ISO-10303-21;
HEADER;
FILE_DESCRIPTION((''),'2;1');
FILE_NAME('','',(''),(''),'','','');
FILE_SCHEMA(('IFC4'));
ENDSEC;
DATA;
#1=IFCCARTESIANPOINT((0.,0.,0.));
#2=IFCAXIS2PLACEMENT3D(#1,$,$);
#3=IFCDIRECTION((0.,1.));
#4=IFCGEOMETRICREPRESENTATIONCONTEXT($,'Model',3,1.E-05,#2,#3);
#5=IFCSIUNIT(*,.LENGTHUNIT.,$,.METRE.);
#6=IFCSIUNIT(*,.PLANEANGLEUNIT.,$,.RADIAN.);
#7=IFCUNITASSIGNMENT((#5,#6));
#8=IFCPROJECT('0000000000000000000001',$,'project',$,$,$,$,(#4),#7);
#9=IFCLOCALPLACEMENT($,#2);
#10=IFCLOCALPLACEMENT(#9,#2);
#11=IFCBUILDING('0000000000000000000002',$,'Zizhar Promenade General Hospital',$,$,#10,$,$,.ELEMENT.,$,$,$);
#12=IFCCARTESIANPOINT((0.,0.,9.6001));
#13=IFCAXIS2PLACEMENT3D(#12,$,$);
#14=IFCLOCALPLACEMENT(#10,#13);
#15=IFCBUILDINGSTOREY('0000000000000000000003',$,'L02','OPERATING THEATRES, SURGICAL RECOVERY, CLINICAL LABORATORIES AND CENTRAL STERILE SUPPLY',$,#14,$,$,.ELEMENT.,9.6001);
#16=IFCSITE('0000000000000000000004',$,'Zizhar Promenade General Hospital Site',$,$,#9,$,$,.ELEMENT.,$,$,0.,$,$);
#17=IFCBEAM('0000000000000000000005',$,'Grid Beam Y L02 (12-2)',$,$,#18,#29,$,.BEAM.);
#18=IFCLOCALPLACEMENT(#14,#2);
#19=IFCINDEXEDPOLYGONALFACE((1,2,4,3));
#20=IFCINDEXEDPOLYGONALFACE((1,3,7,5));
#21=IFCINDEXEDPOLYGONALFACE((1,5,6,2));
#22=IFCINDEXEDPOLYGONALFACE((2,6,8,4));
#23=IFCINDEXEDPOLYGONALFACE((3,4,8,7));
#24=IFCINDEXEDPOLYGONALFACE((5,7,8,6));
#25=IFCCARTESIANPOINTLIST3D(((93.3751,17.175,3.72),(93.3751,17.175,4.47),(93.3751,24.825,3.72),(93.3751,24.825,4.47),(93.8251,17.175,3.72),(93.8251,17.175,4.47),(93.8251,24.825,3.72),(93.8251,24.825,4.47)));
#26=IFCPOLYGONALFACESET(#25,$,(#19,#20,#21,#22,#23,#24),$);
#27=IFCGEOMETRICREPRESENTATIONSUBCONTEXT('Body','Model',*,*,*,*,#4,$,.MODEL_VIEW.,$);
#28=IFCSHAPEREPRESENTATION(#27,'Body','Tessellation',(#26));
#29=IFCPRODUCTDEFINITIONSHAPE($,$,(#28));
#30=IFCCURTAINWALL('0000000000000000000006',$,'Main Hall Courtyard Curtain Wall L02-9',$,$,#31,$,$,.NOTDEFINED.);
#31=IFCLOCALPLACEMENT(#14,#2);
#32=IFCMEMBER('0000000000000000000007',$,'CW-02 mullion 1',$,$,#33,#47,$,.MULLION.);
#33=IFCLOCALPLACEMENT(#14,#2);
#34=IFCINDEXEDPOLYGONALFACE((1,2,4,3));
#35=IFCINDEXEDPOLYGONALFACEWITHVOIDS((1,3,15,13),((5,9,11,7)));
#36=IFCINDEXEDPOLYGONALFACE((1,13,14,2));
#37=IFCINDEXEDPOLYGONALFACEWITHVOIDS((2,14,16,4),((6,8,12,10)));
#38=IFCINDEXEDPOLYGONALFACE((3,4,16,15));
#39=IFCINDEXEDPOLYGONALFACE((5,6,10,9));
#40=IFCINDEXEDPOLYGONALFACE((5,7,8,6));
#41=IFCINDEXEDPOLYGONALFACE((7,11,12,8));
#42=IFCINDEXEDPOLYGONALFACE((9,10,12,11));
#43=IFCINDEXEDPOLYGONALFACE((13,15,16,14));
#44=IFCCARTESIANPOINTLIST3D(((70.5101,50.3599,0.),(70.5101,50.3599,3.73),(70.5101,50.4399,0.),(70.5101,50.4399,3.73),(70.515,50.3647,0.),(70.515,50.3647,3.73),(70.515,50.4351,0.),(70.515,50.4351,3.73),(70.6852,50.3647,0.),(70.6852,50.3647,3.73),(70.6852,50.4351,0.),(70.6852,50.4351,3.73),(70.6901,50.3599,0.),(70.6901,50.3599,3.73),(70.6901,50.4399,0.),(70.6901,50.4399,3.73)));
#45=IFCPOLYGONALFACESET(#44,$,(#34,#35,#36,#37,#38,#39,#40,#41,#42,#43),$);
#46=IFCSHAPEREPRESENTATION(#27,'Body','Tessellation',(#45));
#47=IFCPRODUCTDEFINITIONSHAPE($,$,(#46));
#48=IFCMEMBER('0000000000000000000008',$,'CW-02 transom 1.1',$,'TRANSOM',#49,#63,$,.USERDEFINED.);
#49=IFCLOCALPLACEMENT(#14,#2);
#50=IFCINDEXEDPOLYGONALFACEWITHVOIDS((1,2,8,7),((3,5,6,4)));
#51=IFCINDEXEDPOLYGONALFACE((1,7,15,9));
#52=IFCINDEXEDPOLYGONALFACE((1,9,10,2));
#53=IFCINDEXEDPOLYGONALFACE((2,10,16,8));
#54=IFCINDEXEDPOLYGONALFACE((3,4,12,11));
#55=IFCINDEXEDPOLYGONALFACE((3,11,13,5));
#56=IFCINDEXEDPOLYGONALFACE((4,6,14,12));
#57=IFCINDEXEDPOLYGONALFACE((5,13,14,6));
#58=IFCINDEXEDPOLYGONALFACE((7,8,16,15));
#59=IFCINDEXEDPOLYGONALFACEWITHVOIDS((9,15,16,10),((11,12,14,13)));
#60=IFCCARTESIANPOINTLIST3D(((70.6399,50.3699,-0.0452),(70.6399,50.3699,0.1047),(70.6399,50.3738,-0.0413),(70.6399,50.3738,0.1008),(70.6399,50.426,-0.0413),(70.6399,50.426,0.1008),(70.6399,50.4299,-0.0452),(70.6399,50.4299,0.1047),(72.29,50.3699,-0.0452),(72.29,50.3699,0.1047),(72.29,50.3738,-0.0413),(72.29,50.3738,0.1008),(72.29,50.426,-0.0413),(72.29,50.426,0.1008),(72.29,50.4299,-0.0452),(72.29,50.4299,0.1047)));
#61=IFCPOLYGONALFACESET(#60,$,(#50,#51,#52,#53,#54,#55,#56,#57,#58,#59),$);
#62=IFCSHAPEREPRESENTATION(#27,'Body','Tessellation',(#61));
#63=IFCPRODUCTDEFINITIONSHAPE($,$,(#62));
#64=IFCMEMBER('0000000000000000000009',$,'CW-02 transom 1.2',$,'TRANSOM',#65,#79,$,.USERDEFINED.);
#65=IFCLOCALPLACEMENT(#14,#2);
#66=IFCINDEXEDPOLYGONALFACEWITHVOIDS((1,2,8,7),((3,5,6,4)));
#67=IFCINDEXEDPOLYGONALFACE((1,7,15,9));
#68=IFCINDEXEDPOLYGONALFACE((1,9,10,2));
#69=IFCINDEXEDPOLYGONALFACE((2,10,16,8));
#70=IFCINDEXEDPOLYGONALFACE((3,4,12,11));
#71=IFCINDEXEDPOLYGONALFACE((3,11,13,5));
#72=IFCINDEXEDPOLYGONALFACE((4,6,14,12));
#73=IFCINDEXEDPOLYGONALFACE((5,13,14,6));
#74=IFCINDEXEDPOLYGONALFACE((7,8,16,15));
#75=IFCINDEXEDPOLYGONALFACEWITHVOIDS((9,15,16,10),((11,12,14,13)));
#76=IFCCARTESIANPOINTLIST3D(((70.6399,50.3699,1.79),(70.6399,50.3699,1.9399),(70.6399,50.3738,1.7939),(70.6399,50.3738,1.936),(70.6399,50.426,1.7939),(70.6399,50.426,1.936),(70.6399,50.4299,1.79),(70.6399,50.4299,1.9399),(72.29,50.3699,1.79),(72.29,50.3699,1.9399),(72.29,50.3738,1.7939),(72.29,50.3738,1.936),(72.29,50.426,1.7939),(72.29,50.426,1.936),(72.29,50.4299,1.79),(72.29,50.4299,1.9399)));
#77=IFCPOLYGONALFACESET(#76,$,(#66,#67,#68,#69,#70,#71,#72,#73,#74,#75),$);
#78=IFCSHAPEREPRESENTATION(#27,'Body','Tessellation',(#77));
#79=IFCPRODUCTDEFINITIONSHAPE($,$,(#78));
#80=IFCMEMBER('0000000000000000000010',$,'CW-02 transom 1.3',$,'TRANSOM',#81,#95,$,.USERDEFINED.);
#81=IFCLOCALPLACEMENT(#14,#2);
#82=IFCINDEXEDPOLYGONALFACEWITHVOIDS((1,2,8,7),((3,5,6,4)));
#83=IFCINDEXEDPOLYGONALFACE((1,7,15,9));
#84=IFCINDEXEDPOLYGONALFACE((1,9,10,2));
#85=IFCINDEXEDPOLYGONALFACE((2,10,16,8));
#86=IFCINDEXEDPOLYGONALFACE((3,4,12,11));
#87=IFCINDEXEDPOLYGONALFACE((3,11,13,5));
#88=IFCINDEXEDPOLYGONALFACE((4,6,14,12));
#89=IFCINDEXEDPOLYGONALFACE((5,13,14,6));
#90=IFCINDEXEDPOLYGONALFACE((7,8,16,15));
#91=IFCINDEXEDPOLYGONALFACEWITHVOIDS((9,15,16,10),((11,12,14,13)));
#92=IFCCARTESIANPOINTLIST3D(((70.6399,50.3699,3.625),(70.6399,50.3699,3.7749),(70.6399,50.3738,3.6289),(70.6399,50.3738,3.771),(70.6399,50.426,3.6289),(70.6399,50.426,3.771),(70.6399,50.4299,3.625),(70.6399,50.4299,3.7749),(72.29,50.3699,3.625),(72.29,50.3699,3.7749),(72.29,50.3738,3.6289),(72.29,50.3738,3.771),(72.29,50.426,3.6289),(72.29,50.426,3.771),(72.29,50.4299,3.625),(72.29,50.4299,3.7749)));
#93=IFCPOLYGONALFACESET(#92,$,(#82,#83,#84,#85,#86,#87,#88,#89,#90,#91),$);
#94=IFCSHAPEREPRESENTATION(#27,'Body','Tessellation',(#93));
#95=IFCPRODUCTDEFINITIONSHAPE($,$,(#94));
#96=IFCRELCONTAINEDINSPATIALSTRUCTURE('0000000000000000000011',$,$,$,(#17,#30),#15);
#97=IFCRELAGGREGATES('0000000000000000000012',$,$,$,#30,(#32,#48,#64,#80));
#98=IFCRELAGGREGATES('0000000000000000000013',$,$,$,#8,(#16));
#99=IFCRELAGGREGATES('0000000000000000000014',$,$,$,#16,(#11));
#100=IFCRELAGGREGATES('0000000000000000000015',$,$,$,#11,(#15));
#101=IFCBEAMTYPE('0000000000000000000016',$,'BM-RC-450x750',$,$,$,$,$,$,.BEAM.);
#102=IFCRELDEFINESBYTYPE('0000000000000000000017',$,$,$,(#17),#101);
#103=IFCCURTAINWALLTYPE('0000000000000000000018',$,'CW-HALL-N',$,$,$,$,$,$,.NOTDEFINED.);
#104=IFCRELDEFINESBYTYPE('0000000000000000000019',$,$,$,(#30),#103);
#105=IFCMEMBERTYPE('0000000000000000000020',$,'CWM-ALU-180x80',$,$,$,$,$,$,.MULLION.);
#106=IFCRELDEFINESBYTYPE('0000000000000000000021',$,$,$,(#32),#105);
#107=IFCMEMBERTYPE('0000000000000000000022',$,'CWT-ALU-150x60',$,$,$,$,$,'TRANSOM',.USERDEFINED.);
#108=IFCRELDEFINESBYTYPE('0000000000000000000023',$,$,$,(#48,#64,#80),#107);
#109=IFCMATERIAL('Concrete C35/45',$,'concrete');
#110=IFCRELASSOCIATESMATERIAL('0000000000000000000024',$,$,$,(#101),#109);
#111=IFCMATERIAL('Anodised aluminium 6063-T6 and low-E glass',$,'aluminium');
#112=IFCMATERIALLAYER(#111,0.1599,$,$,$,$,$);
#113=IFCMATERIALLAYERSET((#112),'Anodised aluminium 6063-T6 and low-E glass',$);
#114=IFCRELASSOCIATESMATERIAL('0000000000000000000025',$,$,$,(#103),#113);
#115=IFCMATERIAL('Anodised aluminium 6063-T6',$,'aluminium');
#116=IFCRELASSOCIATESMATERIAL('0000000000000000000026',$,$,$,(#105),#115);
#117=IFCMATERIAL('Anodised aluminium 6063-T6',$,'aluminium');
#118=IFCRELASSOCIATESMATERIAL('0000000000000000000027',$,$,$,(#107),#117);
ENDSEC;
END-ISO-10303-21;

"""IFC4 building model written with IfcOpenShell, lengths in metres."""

from ifc_helpers import new_model, si_unit, direction, frame, origin, origin_2d, place, context, subcontext, project, spatial, rectangle, hollow_rectangle, extrude, material, layer, layer_set, material_profile, profile_set, type_object, element, aggregate, save


model = new_model("IFC4")

# Units and contexts
model_context = context("Model", 3, precision=1e-05, world=origin(), true_north=direction((0.0, 1.0)))
body_context = subcontext(model_context, "Body", "Model", "MODEL_VIEW")
ifc_project = project(units=[si_unit("LENGTHUNIT", "METRE"), si_unit("PLANEANGLEUNIT", "RADIAN")], contexts=[model_context])

# Site, building, storey
site_placement = place(None, origin())
site = spatial("IfcSite", under=ifc_project, at=site_placement, Name="Zizhar Promenade General Hospital Site", CompositionType="ELEMENT", RefElevation=0.0)
building_placement = place(site_placement, origin())
building = spatial("IfcBuilding", under=site, at=building_placement, Name="Zizhar Promenade General Hospital", CompositionType="ELEMENT")
storey_placement = place(building_placement, frame((0.0, 0.0, 9.6001)))
storey = spatial("IfcBuildingStorey", under=building, at=storey_placement, Name="L02", Description="OPERATING THEATRES, SURGICAL RECOVERY, CLINICAL LABORATORIES AND CENTRAL STERILE SUPPLY", CompositionType="ELEMENT", Elevation=9.6001)

# Beam
ifc_material_1 = material(Name="Concrete C35/45", Category="concrete")
ifc_material_profile_1 = material_profile(ifc_material_1, rectangle(XDim=0.45, YDim=0.75, at=origin_2d()))
ifc_profile_set_1 = profile_set([ifc_material_profile_1], Name="Concrete C35/45")
beam_type_1 = type_object("IfcBeamType", Name="BM-RC-450x750", PredefinedType="BEAM", material=ifc_profile_set_1)
for number, where, z_axis, x_axis, name in (
    (1, (93.6001, 17.175, 4.095), (0.0, 1.0, 0.0), (-1.0, 0.0, 0.0), "Grid Beam Y L02 (12-2)"),
):
    element("IfcBeam", number, at=place(storey_placement, frame(where, z_axis=z_axis, x_axis=x_axis)), inside=storey, type_object=beam_type_1, Name=name, PredefinedType="BEAM", context=body_context, shape_type="SweptSolid", body=[
        extrude(rectangle(XDim=0.45, YDim=0.75, at=origin_2d()), origin(), (0.0, 0.0, 1.0), 7.6499),
    ])

# Curtain wall, members
ifc_material_2 = material(Name="Anodised aluminium 6063-T6 and low-E glass", Category="aluminium")
ifc_layer = layer(ifc_material_2, 0.1599)
ifc_layer_set = layer_set([ifc_layer], Name="Anodised aluminium 6063-T6 and low-E glass")
curtain_wall_type = type_object("IfcCurtainWallType", Name="CW-HALL-N", PredefinedType="NOTDEFINED", material=ifc_layer_set)
curtain_wall_placement = place(storey_placement, origin())
curtain_wall = element("IfcCurtainWall", 2, at=curtain_wall_placement, inside=storey, type_object=curtain_wall_type, Name="Main Hall Courtyard Curtain Wall L02-9", PredefinedType="NOTDEFINED")
ifc_material_3 = material(Name="Anodised aluminium 6063-T6", Category="aluminium")
ifc_material_profile_2 = material_profile(ifc_material_3, hollow_rectangle(XDim=0.0801, YDim=0.1799, WallThickness=0.0049, at=origin_2d()))
ifc_profile_set_2 = profile_set([ifc_material_profile_2], Name="Anodised aluminium 6063-T6")
member_type_1 = type_object("IfcMemberType", Name="CWM-ALU-180x80", PredefinedType="MULLION", material=ifc_profile_set_2)
member_1_placement = place(storey_placement, frame((70.6001, 50.3999, 0.0), z_axis=(0.0, 0.0, 1.0), x_axis=(0.0, 1.0, 0.0)))
member_1 = element("IfcMember", 3, at=member_1_placement, type_object=member_type_1, Name="CW-02 mullion 1", PredefinedType="MULLION", context=body_context, shape_type="SweptSolid", body=[
    extrude(hollow_rectangle(XDim=0.0801, YDim=0.1799, WallThickness=0.0049, at=origin_2d()), origin(), (0.0, 0.0, 1.0), 3.73),
])
ifc_material_4 = material(Name="Anodised aluminium 6063-T6", Category="aluminium")
ifc_material_profile_3 = material_profile(ifc_material_4, hollow_rectangle(XDim=0.0601, YDim=0.1499, WallThickness=0.0039, at=origin_2d()))
ifc_profile_set_3 = profile_set([ifc_material_profile_3], Name="Anodised aluminium 6063-T6")
member_type_2 = type_object("IfcMemberType", Name="CWT-ALU-150x60", ElementType="TRANSOM", PredefinedType="USERDEFINED", material=ifc_profile_set_3)
member_2_placement = place(storey_placement, frame((70.6399, 50.3999, 0.0298), z_axis=(1.0, 0.0, 0.0), x_axis=(0.0, 1.0, 0.0)))
member_2 = element("IfcMember", 4, at=member_2_placement, type_object=member_type_2, Name="CW-02 transom 1.1", ObjectType="TRANSOM", PredefinedType="USERDEFINED", context=body_context, shape_type="SweptSolid", body=[
    extrude(hollow_rectangle(XDim=0.0601, YDim=0.1499, WallThickness=0.0039, at=origin_2d()), origin(), (0.0, 0.0, 1.0), 1.6501),
])
member_3_placement = place(storey_placement, frame((70.6399, 50.3999, 1.865), z_axis=(1.0, 0.0, 0.0), x_axis=(0.0, 1.0, 0.0)))
member_3 = element("IfcMember", 5, at=member_3_placement, type_object=member_type_2, Name="CW-02 transom 1.2", ObjectType="TRANSOM", PredefinedType="USERDEFINED", context=body_context, shape_type="SweptSolid", body=[
    extrude(hollow_rectangle(XDim=0.0601, YDim=0.1499, WallThickness=0.0039, at=origin_2d()), origin(), (0.0, 0.0, 1.0), 1.6501),
])
member_4_placement = place(storey_placement, frame((70.6399, 50.3999, 3.7), z_axis=(1.0, 0.0, 0.0), x_axis=(0.0, 1.0, 0.0)))
member_4 = element("IfcMember", 6, at=member_4_placement, type_object=member_type_2, Name="CW-02 transom 1.3", ObjectType="TRANSOM", PredefinedType="USERDEFINED", context=body_context, shape_type="SweptSolid", body=[
    extrude(hollow_rectangle(XDim=0.0601, YDim=0.1499, WallThickness=0.0039, at=origin_2d()), origin(), (0.0, 0.0, 1.0), 1.6501),
])
aggregate(curtain_wall, [member_1, member_2, member_3, member_4])

save(model, "model.ifc")
